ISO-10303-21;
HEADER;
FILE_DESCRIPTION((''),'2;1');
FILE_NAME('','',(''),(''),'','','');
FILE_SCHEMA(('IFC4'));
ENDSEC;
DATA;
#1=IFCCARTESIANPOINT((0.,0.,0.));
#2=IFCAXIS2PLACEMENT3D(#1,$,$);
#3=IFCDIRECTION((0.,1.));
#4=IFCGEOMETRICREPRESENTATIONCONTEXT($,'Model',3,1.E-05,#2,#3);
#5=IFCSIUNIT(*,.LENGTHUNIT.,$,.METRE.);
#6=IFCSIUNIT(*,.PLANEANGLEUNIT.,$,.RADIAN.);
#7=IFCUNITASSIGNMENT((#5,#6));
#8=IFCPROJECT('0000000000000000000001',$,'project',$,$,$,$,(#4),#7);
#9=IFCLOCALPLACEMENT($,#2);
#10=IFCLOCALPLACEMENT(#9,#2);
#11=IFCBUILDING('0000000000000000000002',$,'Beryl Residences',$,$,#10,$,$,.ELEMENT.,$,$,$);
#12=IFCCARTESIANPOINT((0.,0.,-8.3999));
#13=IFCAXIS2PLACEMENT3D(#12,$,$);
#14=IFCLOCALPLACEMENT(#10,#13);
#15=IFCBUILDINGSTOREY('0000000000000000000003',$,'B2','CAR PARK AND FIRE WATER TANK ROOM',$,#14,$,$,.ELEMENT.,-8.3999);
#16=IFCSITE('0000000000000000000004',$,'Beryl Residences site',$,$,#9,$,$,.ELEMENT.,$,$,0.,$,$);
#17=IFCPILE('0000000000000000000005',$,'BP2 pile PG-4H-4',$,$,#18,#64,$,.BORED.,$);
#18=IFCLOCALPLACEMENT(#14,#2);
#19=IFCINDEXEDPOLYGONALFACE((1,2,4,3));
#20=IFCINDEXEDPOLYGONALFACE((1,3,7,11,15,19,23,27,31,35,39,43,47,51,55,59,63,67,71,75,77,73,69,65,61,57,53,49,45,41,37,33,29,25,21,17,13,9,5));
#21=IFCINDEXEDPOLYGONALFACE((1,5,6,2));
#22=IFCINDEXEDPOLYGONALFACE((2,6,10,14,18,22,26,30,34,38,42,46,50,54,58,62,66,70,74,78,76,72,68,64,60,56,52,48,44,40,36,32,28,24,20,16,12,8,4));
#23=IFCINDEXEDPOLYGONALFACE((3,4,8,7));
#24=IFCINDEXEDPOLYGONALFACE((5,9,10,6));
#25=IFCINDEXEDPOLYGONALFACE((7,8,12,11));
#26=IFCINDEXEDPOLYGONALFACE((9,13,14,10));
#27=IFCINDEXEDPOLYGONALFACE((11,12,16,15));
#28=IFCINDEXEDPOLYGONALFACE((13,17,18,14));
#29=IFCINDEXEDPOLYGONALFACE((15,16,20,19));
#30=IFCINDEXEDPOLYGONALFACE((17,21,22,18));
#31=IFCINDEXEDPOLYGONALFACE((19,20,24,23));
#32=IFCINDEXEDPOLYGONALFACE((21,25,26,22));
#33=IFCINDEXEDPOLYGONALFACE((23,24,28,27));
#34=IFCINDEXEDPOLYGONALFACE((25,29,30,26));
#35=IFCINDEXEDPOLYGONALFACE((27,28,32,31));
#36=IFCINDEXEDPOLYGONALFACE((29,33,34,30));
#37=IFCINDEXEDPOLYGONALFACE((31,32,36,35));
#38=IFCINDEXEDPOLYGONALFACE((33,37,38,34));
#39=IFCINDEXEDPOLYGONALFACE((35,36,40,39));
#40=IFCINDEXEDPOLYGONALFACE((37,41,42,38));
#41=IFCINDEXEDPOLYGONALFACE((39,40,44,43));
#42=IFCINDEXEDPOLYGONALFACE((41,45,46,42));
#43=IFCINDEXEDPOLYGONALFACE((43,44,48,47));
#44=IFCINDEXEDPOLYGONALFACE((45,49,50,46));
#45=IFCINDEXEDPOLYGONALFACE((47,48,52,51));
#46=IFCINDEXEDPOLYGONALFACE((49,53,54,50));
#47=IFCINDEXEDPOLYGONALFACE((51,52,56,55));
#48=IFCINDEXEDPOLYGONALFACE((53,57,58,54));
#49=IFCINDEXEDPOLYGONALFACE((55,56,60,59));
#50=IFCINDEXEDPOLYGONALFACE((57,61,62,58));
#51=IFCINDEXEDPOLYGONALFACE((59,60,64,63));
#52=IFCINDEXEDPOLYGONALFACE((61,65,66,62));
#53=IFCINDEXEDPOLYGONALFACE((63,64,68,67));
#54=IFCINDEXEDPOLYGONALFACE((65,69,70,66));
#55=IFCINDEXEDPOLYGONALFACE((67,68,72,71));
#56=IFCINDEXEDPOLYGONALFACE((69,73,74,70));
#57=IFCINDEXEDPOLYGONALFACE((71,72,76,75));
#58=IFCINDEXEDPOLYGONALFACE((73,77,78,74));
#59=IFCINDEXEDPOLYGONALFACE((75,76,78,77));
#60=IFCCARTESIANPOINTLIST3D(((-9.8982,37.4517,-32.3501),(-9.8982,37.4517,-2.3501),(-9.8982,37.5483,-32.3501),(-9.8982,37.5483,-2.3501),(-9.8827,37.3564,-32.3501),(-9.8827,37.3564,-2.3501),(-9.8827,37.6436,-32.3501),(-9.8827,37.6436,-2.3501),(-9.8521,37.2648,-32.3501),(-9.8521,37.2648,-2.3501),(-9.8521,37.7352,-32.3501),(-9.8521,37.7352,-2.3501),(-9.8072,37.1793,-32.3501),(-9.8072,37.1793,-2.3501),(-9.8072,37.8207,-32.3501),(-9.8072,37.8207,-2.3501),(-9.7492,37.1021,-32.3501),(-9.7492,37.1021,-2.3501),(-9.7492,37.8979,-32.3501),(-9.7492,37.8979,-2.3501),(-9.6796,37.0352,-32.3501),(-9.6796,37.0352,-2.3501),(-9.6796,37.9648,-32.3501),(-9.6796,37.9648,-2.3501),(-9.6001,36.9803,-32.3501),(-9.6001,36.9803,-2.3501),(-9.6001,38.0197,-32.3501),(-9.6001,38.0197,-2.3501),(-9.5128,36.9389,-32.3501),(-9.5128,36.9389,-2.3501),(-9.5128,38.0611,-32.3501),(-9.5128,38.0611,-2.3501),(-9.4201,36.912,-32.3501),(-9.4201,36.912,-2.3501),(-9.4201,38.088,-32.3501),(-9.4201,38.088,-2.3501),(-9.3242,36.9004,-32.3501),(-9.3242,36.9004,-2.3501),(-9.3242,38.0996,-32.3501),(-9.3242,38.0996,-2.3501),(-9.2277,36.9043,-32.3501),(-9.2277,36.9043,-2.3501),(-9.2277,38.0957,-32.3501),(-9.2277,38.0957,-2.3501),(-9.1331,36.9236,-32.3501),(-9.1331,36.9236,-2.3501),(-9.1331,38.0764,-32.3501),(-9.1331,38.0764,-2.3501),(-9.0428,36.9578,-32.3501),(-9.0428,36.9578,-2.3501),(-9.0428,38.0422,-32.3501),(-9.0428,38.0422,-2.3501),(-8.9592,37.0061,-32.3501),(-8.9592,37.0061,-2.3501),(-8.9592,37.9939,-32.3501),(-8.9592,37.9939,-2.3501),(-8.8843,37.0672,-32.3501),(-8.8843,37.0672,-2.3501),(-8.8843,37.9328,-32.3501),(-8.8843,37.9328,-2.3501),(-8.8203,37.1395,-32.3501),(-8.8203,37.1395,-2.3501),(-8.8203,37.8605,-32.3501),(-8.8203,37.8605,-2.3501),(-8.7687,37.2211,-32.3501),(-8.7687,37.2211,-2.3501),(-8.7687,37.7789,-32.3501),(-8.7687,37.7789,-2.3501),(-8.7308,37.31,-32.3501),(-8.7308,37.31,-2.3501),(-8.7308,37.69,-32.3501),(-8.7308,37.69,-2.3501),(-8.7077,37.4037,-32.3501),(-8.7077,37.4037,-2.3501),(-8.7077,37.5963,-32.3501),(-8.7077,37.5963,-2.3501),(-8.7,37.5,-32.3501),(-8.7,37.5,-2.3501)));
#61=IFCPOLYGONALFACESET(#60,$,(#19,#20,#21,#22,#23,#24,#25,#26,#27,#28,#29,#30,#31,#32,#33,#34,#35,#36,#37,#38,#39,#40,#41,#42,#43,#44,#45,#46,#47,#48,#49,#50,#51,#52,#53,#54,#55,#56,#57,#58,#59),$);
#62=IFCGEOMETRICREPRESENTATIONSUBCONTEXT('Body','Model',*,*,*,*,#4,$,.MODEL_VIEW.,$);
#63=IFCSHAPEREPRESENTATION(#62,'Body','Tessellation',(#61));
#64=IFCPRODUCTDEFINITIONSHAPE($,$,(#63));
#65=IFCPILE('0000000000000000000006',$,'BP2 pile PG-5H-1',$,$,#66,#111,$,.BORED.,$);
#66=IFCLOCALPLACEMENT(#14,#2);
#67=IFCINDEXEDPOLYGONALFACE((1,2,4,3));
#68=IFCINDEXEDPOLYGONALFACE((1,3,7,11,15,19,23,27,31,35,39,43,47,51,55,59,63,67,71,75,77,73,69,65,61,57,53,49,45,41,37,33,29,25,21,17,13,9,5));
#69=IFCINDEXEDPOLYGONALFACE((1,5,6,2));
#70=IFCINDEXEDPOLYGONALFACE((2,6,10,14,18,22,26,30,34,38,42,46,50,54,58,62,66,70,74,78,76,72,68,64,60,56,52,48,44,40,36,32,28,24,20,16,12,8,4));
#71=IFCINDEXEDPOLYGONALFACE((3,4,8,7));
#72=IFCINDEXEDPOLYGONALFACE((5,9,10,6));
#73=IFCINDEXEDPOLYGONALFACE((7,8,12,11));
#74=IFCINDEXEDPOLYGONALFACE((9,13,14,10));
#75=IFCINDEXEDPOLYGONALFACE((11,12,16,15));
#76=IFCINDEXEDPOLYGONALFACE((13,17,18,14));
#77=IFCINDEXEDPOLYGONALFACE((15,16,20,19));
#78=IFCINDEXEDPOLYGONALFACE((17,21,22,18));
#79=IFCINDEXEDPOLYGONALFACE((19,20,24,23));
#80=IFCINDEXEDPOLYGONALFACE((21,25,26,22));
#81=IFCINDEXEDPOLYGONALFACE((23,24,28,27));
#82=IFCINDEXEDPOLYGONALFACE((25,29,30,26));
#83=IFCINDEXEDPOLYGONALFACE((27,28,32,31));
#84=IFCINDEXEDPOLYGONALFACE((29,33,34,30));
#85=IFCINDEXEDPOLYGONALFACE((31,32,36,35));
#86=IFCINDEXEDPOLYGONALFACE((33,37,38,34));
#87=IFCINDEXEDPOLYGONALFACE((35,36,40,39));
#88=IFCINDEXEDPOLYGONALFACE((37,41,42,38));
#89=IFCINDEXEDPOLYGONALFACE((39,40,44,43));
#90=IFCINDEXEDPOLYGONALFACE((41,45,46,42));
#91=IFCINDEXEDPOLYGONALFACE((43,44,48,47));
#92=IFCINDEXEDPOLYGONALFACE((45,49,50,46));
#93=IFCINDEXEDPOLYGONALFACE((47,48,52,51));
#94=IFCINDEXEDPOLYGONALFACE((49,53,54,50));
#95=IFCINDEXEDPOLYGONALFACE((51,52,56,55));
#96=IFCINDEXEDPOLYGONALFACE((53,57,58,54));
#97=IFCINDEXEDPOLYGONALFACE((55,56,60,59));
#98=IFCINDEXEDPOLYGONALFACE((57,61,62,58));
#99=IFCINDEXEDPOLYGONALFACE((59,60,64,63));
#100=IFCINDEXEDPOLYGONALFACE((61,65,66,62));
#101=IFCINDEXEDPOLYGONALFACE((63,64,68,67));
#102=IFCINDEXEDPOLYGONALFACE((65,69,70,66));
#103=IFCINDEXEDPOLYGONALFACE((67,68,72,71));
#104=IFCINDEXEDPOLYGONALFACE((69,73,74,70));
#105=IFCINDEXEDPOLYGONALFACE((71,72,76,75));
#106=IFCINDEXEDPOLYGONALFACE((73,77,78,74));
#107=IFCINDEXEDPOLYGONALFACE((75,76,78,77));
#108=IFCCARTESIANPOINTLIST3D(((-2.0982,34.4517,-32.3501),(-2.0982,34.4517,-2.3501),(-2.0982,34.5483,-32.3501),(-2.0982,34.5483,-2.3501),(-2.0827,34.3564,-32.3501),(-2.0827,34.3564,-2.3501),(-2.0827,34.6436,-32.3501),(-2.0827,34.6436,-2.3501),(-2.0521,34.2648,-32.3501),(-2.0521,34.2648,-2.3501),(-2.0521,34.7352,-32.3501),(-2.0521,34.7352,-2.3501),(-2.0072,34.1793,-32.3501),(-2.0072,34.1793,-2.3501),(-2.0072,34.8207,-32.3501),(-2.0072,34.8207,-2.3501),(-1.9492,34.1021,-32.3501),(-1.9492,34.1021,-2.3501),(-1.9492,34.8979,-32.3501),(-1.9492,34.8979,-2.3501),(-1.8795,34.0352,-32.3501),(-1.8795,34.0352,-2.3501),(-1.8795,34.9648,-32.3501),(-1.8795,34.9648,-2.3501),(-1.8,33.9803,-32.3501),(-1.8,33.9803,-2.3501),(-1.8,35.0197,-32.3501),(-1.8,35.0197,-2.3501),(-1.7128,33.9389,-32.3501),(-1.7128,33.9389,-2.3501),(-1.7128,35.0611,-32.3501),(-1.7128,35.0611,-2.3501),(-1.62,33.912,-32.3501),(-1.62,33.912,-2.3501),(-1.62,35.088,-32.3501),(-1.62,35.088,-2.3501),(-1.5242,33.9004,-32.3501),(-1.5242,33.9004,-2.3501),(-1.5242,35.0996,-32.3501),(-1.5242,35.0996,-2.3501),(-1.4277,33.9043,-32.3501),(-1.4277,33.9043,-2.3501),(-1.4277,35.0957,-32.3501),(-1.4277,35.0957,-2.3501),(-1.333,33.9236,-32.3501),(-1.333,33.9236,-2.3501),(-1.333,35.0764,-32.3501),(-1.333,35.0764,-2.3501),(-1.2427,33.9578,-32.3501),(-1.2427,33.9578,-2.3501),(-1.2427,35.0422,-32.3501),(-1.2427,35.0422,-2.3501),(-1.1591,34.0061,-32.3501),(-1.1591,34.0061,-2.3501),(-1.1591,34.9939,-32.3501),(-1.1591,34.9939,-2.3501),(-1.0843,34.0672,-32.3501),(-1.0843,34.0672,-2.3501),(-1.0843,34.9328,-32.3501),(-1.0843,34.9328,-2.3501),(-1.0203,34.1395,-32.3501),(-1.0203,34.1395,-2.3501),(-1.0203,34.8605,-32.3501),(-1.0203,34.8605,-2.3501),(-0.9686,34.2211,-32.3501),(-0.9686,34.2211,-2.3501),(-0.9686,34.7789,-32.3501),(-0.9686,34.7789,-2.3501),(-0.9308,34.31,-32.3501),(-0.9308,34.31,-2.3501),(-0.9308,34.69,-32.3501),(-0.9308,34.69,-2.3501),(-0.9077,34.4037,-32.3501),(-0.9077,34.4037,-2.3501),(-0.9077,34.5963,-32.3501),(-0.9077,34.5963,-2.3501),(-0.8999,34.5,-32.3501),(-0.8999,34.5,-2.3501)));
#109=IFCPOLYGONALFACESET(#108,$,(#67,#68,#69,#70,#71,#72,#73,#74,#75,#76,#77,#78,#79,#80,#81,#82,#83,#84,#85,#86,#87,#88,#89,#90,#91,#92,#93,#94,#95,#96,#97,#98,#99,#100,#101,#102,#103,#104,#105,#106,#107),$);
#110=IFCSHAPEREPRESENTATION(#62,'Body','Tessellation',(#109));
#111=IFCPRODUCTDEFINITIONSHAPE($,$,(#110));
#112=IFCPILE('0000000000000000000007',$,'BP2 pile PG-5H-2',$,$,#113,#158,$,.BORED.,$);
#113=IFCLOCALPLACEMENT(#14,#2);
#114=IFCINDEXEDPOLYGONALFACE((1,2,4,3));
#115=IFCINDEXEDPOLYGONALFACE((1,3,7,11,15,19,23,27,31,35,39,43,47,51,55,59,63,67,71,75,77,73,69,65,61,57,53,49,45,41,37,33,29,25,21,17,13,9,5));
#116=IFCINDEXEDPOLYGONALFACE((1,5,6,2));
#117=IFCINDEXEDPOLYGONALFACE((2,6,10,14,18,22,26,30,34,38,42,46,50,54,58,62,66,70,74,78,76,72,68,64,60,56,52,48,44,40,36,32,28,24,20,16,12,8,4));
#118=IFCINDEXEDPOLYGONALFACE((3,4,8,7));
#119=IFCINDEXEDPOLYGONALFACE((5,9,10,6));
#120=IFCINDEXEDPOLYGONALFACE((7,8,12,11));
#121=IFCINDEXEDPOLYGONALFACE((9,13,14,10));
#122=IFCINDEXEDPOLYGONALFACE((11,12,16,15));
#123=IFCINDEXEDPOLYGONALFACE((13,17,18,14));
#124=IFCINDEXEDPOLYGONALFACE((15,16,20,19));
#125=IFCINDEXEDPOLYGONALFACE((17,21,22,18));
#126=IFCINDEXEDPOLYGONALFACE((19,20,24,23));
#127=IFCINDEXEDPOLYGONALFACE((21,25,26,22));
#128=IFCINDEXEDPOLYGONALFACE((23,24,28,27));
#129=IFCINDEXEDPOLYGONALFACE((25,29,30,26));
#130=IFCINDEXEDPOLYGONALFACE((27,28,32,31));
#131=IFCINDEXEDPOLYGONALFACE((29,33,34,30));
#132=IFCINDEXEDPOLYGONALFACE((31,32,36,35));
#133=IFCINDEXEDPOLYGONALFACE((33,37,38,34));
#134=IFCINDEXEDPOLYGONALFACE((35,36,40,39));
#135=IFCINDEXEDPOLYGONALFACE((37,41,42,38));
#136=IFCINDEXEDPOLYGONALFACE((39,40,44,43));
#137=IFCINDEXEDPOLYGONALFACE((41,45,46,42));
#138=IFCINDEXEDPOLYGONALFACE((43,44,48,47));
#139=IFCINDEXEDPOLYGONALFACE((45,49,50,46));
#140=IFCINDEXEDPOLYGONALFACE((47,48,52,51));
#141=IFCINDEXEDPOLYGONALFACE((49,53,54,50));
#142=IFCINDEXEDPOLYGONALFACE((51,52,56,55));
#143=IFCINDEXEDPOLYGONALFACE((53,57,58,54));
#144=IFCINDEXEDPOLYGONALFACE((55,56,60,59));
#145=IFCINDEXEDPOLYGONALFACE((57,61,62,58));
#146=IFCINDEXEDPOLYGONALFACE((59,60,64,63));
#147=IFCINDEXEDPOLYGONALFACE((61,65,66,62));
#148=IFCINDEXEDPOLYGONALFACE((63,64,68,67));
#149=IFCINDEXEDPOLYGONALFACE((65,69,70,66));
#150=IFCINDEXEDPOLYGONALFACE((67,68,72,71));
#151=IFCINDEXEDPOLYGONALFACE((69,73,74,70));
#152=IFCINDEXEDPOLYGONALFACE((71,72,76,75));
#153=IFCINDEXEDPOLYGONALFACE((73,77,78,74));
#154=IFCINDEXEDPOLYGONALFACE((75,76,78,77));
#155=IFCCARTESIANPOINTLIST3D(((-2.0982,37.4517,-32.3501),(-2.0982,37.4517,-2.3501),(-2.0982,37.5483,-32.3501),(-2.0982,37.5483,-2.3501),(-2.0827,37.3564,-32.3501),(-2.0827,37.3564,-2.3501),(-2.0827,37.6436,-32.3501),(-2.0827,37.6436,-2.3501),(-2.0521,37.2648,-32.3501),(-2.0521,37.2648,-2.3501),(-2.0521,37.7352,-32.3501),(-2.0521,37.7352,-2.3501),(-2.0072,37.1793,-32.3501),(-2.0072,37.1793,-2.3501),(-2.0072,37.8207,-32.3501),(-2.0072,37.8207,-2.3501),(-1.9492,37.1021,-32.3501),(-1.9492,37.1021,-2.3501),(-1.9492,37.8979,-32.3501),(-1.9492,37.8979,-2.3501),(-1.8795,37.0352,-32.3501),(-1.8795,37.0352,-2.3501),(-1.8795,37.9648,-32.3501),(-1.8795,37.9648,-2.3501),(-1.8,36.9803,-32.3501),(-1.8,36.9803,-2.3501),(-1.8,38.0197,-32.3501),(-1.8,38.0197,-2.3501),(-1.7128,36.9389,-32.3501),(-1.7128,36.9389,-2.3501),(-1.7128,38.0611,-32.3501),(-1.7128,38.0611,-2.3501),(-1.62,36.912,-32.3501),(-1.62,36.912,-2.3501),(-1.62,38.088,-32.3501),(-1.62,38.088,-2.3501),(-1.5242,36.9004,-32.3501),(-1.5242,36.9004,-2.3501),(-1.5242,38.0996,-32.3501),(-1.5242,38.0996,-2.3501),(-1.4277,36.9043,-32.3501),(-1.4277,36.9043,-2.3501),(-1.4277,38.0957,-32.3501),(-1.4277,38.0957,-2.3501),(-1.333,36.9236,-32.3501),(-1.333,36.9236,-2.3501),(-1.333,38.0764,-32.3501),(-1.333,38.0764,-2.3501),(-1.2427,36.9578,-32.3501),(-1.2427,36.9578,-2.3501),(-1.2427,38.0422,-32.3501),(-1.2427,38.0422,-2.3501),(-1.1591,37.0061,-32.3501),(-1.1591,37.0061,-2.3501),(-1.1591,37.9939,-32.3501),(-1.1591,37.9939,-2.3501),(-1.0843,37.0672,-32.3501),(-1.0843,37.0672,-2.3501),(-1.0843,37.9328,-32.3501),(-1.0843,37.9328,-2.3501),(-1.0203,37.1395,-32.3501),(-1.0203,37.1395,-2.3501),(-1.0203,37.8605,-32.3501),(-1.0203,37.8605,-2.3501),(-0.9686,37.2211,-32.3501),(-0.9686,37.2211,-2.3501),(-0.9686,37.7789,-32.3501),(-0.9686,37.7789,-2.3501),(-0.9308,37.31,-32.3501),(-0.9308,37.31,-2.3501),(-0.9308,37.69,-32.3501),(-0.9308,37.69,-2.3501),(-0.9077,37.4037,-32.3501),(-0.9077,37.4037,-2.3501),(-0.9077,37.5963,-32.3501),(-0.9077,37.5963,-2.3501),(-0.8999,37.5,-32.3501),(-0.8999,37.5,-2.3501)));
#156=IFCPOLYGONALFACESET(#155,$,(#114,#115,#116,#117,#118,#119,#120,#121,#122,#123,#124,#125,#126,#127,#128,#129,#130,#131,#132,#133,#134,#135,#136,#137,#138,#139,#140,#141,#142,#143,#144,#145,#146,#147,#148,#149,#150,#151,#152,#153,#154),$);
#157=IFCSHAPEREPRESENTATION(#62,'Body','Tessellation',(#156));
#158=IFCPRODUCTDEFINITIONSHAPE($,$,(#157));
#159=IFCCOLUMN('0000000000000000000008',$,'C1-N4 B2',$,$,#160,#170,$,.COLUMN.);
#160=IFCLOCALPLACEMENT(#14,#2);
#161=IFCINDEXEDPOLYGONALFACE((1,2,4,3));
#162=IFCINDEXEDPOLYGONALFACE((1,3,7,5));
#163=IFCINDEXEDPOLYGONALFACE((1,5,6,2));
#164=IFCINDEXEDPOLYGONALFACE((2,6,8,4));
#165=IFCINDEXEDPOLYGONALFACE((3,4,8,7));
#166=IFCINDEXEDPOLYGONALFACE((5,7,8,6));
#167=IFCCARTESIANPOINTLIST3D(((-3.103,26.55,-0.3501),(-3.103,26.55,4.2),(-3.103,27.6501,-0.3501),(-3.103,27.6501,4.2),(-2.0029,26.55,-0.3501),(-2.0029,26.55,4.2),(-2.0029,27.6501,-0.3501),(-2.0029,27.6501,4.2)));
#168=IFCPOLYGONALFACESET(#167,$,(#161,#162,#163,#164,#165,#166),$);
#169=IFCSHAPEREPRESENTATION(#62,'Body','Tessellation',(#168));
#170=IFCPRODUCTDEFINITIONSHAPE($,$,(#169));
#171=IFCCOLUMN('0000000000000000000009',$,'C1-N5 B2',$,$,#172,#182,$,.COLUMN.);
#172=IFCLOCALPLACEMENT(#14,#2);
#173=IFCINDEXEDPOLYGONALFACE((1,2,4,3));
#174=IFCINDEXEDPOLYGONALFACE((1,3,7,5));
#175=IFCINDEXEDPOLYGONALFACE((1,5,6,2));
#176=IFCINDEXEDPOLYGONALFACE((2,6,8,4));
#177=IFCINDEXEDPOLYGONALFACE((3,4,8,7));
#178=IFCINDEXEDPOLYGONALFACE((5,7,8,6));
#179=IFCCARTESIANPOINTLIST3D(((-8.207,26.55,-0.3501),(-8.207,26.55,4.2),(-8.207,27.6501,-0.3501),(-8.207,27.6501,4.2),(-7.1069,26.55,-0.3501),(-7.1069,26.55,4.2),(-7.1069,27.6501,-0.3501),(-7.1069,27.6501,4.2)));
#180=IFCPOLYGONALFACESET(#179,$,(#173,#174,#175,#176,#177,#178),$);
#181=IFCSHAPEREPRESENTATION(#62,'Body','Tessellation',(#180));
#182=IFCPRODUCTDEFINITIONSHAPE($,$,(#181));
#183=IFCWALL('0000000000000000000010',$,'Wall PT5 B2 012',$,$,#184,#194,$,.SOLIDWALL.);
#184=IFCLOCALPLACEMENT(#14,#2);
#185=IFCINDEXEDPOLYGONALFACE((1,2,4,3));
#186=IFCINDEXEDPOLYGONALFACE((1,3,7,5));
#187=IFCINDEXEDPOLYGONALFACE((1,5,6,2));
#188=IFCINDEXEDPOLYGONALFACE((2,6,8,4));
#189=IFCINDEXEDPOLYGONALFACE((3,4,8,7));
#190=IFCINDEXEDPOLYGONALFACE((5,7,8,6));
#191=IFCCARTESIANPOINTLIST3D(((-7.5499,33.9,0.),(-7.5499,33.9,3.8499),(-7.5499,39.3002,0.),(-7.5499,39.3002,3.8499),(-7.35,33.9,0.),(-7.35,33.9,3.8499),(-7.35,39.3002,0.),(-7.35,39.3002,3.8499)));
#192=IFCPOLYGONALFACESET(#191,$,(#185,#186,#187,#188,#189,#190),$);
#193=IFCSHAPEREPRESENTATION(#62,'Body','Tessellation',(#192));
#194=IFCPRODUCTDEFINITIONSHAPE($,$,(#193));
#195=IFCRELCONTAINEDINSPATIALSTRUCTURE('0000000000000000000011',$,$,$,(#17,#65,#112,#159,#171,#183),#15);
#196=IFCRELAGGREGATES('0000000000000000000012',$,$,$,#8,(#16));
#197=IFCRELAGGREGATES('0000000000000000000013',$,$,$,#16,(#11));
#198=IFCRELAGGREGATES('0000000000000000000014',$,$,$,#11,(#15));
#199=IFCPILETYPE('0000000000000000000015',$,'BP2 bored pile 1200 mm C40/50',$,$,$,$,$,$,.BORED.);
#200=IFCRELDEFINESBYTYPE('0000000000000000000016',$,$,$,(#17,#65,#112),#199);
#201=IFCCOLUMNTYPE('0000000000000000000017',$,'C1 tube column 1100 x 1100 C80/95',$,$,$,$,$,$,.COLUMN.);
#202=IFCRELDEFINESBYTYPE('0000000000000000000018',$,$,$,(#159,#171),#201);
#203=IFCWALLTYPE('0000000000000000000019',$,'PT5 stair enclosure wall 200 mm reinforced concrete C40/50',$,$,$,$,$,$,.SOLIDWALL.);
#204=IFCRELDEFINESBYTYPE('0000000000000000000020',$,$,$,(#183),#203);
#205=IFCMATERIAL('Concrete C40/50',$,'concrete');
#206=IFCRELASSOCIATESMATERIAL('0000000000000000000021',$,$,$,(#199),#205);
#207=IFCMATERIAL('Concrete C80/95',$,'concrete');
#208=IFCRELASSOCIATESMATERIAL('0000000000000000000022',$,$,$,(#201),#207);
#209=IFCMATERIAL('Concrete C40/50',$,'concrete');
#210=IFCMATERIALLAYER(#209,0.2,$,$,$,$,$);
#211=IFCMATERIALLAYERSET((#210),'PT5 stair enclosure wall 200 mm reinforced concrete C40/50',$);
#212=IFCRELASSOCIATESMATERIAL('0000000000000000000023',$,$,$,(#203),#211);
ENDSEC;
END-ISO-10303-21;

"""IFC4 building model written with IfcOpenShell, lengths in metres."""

from ifc_helpers import new_model, si_unit, direction, frame, frame_2d, origin, origin_2d, place, context, subcontext, project, spatial, rectangle, circle, extrude, material, layer, layer_set, material_profile, profile_set, type_object, element, save


model = new_model("IFC4")

# Units and contexts
model_context = context("Model", 3, precision=1e-05, world=origin(), true_north=direction((0.0, 1.0)))
body_context = subcontext(model_context, "Body", "Model", "MODEL_VIEW")
ifc_project = project(units=[si_unit("LENGTHUNIT", "METRE"), si_unit("PLANEANGLEUNIT", "RADIAN")], contexts=[model_context])

# Site, building, storey
site_placement = place(None, origin())
site = spatial("IfcSite", under=ifc_project, at=site_placement, Name="Beryl Residences site", CompositionType="ELEMENT", RefElevation=0.0)
building_placement = place(site_placement, origin())
building = spatial("IfcBuilding", under=site, at=building_placement, Name="Beryl Residences", CompositionType="ELEMENT")
storey_placement = place(building_placement, frame((0.0, 0.0, -8.3999)))
storey = spatial("IfcBuildingStorey", under=building, at=storey_placement, Name="B2", Description="CAR PARK AND FIRE WATER TANK ROOM", CompositionType="ELEMENT", Elevation=-8.3999)

# Piles
ifc_material_1 = material(Name="Concrete C40/50", Category="concrete")
ifc_material_profile_1 = material_profile(ifc_material_1, circle(Radius=0.6001, at=origin_2d()))
ifc_profile_set_1 = profile_set([ifc_material_profile_1], Name="Concrete C40/50")
pile_type_1 = type_object("IfcPileType", Name="BP2 bored pile 1200 mm C40/50", PredefinedType="BORED", material=ifc_profile_set_1)
for number, where, z_axis, x_axis, name in (
    (1, (-9.3, 37.5, -2.3501), (0.0, 0.0, -1.0), (1.0, 0.0, 0.0), "BP2 pile PG-4H-4"),
    (2, (-1.5, 34.5, -2.3501), (0.0, 0.0, -1.0), (1.0, 0.0, 0.0), "BP2 pile PG-5H-1"),
    (3, (-1.5, 37.5, -2.3501), (0.0, 0.0, -1.0), (1.0, 0.0, 0.0), "BP2 pile PG-5H-2"),
):
    element("IfcPile", number, at=place(storey_placement, frame(where, z_axis=z_axis, x_axis=x_axis)), inside=storey, type_object=pile_type_1, Name=name, PredefinedType="BORED", context=body_context, shape_type="SweptSolid", body=[
        extrude(circle(Radius=0.6001, at=origin_2d()), origin(), (0.0, 0.0, 1.0), 30.0),
    ])

# Columns
ifc_material_2 = material(Name="Concrete C80/95", Category="concrete")
ifc_material_profile_2 = material_profile(ifc_material_2, rectangle(XDim=1.1001, YDim=1.1001, at=origin_2d()))
ifc_profile_set_2 = profile_set([ifc_material_profile_2], Name="Concrete C80/95")
column_type = type_object("IfcColumnType", Name="C1 tube column 1100 x 1100 C80/95", PredefinedType="COLUMN", material=ifc_profile_set_2)
for number, where, z_axis, x_axis, name in (
    (4, (-2.553, 27.1001, -0.3501), (0.0, 0.0, 1.0), (-1.0, 0.0, 0.0), "C1-N4 B2"),
    (5, (-7.657, 27.1001, -0.3501), (0.0, 0.0, 1.0), (-1.0, 0.0, 0.0), "C1-N5 B2"),
):
    element("IfcColumn", number, at=place(storey_placement, frame(where, z_axis=z_axis, x_axis=x_axis)), inside=storey, type_object=column_type, Name=name, PredefinedType="COLUMN", context=body_context, shape_type="SweptSolid", body=[
        extrude(rectangle(XDim=1.1001, YDim=1.1001, at=origin_2d()), origin(), (0.0, 0.0, 1.0), 4.55),
    ])

# Wall
ifc_material_3 = material(Name="Concrete C40/50", Category="concrete")
ifc_layer_1 = layer(ifc_material_3, 0.2)
ifc_layer_set_1 = layer_set([ifc_layer_1], Name="PT5 stair enclosure wall 200 mm reinforced concrete C40/50")
wall_type_1 = type_object("IfcWallType", Name="PT5 stair enclosure wall 200 mm reinforced concrete C40/50", PredefinedType="SOLIDWALL", material=ifc_layer_set_1)
wall_1_placement = place(storey_placement, frame((-7.45, 33.8999, 0.0), z_axis=(0.0, 0.0, 1.0), x_axis=(0.0, 1.0, 0.0)))
element("IfcWall", 6, at=wall_1_placement, inside=storey, type_object=wall_type_1, Name="Wall PT5 B2 012", PredefinedType="SOLIDWALL", context=body_context, shape_type="SweptSolid", body=[
    extrude(rectangle(XDim=5.4001, YDim=0.2, at=frame_2d((2.7002, 0.0))), origin(), (0.0, 0.0, 1.0), 3.8499),
])

save(model, "model.ifc")
